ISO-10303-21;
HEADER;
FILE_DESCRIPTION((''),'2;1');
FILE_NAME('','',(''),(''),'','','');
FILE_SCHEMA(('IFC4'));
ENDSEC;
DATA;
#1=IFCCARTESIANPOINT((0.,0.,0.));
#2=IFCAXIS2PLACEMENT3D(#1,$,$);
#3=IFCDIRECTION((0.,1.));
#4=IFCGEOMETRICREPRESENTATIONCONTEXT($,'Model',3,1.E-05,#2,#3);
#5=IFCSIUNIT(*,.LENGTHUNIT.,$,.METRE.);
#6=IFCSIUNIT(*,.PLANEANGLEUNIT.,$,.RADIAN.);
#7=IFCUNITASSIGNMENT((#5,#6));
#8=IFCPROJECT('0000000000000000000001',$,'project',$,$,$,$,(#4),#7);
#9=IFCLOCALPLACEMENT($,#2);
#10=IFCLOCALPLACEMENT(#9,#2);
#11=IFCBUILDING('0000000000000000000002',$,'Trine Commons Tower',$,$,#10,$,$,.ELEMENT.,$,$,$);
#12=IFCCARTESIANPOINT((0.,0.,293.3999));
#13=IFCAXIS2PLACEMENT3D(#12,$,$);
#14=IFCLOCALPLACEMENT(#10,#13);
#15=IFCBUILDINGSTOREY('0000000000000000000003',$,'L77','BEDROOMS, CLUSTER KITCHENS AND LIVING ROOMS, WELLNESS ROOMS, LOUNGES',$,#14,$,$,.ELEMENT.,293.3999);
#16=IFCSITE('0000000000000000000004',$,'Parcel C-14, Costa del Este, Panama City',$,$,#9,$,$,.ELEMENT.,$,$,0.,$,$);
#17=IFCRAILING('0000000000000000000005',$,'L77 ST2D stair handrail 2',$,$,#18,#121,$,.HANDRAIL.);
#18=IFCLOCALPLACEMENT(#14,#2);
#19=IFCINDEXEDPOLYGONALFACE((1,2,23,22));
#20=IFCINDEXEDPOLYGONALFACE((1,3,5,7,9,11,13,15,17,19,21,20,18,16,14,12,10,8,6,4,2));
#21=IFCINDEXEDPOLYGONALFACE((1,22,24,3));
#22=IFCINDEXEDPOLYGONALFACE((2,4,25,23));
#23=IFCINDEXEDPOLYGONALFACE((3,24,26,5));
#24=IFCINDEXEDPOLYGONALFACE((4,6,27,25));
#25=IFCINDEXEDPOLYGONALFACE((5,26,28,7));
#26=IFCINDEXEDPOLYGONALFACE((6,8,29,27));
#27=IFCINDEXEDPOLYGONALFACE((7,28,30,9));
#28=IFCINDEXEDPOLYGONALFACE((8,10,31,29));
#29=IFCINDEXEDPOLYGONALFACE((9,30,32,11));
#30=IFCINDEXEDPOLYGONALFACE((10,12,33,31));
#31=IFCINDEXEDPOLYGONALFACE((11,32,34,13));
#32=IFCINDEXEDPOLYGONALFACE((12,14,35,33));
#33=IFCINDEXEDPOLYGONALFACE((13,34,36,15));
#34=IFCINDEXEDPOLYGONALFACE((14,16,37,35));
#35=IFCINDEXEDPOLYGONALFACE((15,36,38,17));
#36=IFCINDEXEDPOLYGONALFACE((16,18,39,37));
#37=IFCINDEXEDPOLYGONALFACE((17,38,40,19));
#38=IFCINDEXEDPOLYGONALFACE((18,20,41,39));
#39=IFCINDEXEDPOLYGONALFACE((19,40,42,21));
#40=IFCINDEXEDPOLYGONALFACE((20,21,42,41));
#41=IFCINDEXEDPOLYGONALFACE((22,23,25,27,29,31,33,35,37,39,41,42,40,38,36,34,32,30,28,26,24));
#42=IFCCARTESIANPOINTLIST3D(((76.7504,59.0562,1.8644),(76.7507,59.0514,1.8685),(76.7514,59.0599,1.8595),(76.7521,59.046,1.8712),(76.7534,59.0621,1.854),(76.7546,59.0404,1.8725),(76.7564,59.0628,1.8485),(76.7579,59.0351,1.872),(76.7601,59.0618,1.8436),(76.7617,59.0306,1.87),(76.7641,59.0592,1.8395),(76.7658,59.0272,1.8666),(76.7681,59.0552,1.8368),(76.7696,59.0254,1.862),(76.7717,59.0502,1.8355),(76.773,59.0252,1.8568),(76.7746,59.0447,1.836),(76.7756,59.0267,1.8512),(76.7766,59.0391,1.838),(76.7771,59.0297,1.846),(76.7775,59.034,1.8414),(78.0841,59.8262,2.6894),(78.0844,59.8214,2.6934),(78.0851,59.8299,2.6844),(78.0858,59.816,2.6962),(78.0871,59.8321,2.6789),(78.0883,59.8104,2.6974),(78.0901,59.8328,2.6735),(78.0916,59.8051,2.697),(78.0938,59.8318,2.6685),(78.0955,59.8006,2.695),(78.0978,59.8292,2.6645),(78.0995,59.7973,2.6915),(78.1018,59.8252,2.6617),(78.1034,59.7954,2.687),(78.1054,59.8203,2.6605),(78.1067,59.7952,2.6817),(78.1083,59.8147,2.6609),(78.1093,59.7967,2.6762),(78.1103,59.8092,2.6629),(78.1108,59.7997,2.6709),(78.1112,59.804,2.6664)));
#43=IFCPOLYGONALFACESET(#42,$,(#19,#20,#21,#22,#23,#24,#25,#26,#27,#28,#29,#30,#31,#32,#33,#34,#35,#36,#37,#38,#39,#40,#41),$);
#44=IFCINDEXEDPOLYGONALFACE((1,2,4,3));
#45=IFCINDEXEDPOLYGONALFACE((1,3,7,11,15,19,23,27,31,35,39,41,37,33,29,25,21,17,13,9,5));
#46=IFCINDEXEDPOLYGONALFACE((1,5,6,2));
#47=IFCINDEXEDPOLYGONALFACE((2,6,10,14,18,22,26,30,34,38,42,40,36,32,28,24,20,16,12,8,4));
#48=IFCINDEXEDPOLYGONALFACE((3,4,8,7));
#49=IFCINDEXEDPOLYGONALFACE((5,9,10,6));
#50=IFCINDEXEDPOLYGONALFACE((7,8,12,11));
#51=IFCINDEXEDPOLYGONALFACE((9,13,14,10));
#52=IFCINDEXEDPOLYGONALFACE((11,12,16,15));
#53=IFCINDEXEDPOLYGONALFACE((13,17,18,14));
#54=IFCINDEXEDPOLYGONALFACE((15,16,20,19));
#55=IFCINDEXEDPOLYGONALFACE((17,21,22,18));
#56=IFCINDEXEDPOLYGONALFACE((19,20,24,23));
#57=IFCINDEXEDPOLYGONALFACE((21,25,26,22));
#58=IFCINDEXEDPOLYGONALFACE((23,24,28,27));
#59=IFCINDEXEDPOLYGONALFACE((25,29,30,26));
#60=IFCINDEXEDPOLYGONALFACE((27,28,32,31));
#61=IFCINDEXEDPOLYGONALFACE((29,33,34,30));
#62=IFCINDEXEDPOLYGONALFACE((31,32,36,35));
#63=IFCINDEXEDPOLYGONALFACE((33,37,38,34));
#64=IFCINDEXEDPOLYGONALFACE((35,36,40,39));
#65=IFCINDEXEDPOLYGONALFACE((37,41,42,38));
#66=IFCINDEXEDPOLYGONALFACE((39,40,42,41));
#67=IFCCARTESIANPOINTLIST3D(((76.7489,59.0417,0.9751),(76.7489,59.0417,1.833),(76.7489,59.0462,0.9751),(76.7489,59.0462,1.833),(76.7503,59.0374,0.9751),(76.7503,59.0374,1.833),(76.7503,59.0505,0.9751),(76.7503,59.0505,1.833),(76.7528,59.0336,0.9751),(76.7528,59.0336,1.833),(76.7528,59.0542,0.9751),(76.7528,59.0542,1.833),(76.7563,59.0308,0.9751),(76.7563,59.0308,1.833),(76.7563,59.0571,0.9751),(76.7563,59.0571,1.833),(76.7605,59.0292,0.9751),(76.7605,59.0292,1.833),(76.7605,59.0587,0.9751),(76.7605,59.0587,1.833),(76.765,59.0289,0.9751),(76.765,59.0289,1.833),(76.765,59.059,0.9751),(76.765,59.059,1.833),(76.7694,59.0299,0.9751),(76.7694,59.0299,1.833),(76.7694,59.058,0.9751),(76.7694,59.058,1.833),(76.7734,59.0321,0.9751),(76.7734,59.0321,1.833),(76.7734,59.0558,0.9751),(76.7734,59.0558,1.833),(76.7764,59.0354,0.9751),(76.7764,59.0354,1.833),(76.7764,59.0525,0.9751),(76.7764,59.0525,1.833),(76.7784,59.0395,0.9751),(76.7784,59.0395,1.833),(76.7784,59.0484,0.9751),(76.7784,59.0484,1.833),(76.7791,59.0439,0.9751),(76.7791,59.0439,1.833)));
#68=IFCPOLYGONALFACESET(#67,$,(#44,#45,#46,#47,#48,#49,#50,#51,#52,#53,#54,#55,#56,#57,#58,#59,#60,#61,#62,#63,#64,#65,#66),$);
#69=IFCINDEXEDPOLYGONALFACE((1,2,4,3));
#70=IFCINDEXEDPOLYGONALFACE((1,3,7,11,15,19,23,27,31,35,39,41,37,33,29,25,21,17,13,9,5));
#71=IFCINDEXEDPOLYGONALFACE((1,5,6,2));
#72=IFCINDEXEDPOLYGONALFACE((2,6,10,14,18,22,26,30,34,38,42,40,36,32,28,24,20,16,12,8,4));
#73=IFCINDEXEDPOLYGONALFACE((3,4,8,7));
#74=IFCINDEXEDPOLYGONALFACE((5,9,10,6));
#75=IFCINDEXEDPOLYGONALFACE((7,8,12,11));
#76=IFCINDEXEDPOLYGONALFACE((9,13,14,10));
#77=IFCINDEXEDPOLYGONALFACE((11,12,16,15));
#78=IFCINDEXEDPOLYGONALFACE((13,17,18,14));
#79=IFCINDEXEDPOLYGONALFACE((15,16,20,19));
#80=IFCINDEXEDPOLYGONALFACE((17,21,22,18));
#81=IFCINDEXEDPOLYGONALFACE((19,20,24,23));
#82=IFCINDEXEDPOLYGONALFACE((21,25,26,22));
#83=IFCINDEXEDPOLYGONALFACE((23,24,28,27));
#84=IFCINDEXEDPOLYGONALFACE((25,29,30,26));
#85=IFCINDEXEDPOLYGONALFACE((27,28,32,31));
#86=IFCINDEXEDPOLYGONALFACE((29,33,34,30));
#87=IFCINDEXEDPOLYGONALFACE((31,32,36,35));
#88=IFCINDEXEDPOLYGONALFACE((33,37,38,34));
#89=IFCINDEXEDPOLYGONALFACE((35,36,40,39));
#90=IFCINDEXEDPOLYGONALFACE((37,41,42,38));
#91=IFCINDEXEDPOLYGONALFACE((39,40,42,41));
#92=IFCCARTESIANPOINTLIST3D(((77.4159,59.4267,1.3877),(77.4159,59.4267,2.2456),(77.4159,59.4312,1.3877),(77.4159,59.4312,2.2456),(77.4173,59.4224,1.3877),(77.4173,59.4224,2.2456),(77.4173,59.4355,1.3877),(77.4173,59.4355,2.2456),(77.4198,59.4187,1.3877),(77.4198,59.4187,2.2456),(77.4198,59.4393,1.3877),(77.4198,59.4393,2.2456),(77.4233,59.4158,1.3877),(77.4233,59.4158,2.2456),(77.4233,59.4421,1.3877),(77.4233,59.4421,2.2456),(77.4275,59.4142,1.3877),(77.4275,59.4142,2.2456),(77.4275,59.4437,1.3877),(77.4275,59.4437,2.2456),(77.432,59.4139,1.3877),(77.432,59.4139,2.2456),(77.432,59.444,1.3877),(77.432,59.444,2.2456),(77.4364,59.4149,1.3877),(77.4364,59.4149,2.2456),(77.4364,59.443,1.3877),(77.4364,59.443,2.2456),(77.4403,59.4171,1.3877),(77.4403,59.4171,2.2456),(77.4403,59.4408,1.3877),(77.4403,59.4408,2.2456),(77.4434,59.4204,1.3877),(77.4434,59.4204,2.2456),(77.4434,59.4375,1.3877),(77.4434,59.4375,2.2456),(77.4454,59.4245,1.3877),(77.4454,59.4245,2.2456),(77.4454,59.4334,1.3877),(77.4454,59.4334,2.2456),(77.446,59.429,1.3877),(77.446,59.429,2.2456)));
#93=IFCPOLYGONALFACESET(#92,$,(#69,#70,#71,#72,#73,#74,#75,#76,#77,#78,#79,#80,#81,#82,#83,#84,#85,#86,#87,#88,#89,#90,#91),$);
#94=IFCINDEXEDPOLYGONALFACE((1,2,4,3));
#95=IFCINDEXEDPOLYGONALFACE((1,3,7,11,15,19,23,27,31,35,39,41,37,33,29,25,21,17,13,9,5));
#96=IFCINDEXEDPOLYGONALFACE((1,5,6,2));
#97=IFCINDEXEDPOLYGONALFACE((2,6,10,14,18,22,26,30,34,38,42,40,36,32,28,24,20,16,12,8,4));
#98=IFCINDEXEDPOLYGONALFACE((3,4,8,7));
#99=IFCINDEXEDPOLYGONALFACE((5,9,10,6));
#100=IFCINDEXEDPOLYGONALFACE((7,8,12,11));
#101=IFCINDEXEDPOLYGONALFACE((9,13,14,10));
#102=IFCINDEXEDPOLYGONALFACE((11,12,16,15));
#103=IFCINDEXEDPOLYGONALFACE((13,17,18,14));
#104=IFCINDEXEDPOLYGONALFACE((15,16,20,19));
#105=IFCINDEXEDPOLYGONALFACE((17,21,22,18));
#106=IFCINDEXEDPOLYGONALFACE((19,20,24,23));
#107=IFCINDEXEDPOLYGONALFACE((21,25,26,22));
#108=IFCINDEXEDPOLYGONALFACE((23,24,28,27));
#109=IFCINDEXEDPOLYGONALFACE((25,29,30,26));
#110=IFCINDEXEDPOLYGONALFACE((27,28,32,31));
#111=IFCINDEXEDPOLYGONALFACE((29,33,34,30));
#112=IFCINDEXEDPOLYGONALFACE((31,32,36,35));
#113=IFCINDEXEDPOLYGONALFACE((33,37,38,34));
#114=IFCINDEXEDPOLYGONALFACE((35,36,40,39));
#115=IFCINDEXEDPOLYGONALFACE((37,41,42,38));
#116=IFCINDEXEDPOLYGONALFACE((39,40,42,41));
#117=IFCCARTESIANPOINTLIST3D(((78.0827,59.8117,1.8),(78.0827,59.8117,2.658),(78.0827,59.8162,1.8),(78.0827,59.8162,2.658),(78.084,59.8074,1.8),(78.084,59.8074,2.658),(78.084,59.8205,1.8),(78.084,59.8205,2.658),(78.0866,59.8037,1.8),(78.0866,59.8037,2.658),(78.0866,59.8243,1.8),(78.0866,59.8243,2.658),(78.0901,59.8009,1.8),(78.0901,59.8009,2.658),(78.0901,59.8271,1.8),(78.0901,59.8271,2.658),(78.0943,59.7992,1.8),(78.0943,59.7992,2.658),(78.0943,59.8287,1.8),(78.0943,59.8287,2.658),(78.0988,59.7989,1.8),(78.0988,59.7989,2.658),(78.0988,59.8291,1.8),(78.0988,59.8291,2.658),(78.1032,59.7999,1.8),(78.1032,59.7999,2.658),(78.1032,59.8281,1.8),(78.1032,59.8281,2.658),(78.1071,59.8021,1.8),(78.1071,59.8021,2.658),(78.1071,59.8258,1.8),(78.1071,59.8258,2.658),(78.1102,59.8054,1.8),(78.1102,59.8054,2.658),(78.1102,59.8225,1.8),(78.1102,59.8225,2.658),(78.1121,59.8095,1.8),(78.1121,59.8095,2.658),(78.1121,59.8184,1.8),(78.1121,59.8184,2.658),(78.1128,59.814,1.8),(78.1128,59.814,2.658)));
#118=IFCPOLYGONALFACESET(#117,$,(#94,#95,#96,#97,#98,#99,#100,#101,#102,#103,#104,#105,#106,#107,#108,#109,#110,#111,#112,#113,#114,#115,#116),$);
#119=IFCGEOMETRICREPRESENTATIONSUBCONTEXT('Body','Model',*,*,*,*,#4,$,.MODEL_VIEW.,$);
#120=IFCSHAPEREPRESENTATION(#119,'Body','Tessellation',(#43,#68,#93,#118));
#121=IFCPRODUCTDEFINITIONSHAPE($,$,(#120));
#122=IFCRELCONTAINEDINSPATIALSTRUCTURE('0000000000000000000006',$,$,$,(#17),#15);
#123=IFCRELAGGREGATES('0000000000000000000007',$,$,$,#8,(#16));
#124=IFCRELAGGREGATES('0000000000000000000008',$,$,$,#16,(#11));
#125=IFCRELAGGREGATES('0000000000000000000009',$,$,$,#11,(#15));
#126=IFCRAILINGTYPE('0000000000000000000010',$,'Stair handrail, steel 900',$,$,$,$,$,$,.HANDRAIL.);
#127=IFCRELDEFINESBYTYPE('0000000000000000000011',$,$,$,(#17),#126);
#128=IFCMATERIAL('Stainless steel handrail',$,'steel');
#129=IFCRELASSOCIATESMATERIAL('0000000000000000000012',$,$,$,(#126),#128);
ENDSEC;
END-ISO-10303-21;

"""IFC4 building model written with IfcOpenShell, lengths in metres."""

from ifc_helpers import new_model, si_unit, direction, frame, origin, origin_2d, place, context, subcontext, project, spatial, circle, extrude, material, type_object, element, save


model = new_model("IFC4")

# Units and contexts
model_context = context("Model", 3, precision=1e-05, world=origin(), true_north=direction((0.0, 1.0)))
body_context = subcontext(model_context, "Body", "Model", "MODEL_VIEW")
ifc_project = project(units=[si_unit("LENGTHUNIT", "METRE"), si_unit("PLANEANGLEUNIT", "RADIAN")], contexts=[model_context])

# Site, building, storey
site_placement = place(None, origin())
site = spatial("IfcSite", under=ifc_project, at=site_placement, Name="Parcel C-14, Costa del Este, Panama City", CompositionType="ELEMENT", RefElevation=0.0)
building_placement = place(site_placement, origin())
building = spatial("IfcBuilding", under=site, at=building_placement, Name="Trine Commons Tower", CompositionType="ELEMENT")
storey_placement = place(building_placement, frame((0.0, 0.0, 293.3999)))
storey = spatial("IfcBuildingStorey", under=building, at=storey_placement, Name="L77", Description="BEDROOMS, CLUSTER KITCHENS AND LIVING ROOMS, WELLNESS ROOMS, LOUNGES", CompositionType="ELEMENT", Elevation=293.3999)

# Railing
ifc_material_1 = material(Name="Stainless steel handrail", Category="steel")
railing_type_1 = type_object("IfcRailingType", Name="Stair handrail, steel 900", PredefinedType="HANDRAIL", material=ifc_material_1)
for number, where, name in (
    (1, (76.7639, 59.0439, 0.9751), "L77 ST2D stair handrail 2"),
):
    element("IfcRailing", number, at=place(storey_placement, frame(where)), inside=storey, type_object=railing_type_1, Name=name, PredefinedType="HANDRAIL", context=body_context, shape_type="SweptSolid", body=[
        extrude(circle(Radius=0.021, at=origin_2d()), frame((0.0, 0.0, 0.8789), z_axis=(0.763405, 0.440743, 0.472185), x_axis=(-0.499992, 0.86603, 0.0)), (0.0, 0.0, 1.0), 1.7471),
        extrude(circle(Radius=0.0151, at=origin_2d()), origin(), (0.0, 0.0, 1.0), 0.8579),
        extrude(circle(Radius=0.0151, at=origin_2d()), frame((0.667, 0.385, 0.4126)), (0.0, 0.0, 1.0), 0.8579),
        extrude(circle(Radius=0.0151, at=origin_2d()), frame((1.3337, 0.77, 0.825)), (0.0, 0.0, 1.0), 0.8579),
    ])

save(model, "model.ifc")
